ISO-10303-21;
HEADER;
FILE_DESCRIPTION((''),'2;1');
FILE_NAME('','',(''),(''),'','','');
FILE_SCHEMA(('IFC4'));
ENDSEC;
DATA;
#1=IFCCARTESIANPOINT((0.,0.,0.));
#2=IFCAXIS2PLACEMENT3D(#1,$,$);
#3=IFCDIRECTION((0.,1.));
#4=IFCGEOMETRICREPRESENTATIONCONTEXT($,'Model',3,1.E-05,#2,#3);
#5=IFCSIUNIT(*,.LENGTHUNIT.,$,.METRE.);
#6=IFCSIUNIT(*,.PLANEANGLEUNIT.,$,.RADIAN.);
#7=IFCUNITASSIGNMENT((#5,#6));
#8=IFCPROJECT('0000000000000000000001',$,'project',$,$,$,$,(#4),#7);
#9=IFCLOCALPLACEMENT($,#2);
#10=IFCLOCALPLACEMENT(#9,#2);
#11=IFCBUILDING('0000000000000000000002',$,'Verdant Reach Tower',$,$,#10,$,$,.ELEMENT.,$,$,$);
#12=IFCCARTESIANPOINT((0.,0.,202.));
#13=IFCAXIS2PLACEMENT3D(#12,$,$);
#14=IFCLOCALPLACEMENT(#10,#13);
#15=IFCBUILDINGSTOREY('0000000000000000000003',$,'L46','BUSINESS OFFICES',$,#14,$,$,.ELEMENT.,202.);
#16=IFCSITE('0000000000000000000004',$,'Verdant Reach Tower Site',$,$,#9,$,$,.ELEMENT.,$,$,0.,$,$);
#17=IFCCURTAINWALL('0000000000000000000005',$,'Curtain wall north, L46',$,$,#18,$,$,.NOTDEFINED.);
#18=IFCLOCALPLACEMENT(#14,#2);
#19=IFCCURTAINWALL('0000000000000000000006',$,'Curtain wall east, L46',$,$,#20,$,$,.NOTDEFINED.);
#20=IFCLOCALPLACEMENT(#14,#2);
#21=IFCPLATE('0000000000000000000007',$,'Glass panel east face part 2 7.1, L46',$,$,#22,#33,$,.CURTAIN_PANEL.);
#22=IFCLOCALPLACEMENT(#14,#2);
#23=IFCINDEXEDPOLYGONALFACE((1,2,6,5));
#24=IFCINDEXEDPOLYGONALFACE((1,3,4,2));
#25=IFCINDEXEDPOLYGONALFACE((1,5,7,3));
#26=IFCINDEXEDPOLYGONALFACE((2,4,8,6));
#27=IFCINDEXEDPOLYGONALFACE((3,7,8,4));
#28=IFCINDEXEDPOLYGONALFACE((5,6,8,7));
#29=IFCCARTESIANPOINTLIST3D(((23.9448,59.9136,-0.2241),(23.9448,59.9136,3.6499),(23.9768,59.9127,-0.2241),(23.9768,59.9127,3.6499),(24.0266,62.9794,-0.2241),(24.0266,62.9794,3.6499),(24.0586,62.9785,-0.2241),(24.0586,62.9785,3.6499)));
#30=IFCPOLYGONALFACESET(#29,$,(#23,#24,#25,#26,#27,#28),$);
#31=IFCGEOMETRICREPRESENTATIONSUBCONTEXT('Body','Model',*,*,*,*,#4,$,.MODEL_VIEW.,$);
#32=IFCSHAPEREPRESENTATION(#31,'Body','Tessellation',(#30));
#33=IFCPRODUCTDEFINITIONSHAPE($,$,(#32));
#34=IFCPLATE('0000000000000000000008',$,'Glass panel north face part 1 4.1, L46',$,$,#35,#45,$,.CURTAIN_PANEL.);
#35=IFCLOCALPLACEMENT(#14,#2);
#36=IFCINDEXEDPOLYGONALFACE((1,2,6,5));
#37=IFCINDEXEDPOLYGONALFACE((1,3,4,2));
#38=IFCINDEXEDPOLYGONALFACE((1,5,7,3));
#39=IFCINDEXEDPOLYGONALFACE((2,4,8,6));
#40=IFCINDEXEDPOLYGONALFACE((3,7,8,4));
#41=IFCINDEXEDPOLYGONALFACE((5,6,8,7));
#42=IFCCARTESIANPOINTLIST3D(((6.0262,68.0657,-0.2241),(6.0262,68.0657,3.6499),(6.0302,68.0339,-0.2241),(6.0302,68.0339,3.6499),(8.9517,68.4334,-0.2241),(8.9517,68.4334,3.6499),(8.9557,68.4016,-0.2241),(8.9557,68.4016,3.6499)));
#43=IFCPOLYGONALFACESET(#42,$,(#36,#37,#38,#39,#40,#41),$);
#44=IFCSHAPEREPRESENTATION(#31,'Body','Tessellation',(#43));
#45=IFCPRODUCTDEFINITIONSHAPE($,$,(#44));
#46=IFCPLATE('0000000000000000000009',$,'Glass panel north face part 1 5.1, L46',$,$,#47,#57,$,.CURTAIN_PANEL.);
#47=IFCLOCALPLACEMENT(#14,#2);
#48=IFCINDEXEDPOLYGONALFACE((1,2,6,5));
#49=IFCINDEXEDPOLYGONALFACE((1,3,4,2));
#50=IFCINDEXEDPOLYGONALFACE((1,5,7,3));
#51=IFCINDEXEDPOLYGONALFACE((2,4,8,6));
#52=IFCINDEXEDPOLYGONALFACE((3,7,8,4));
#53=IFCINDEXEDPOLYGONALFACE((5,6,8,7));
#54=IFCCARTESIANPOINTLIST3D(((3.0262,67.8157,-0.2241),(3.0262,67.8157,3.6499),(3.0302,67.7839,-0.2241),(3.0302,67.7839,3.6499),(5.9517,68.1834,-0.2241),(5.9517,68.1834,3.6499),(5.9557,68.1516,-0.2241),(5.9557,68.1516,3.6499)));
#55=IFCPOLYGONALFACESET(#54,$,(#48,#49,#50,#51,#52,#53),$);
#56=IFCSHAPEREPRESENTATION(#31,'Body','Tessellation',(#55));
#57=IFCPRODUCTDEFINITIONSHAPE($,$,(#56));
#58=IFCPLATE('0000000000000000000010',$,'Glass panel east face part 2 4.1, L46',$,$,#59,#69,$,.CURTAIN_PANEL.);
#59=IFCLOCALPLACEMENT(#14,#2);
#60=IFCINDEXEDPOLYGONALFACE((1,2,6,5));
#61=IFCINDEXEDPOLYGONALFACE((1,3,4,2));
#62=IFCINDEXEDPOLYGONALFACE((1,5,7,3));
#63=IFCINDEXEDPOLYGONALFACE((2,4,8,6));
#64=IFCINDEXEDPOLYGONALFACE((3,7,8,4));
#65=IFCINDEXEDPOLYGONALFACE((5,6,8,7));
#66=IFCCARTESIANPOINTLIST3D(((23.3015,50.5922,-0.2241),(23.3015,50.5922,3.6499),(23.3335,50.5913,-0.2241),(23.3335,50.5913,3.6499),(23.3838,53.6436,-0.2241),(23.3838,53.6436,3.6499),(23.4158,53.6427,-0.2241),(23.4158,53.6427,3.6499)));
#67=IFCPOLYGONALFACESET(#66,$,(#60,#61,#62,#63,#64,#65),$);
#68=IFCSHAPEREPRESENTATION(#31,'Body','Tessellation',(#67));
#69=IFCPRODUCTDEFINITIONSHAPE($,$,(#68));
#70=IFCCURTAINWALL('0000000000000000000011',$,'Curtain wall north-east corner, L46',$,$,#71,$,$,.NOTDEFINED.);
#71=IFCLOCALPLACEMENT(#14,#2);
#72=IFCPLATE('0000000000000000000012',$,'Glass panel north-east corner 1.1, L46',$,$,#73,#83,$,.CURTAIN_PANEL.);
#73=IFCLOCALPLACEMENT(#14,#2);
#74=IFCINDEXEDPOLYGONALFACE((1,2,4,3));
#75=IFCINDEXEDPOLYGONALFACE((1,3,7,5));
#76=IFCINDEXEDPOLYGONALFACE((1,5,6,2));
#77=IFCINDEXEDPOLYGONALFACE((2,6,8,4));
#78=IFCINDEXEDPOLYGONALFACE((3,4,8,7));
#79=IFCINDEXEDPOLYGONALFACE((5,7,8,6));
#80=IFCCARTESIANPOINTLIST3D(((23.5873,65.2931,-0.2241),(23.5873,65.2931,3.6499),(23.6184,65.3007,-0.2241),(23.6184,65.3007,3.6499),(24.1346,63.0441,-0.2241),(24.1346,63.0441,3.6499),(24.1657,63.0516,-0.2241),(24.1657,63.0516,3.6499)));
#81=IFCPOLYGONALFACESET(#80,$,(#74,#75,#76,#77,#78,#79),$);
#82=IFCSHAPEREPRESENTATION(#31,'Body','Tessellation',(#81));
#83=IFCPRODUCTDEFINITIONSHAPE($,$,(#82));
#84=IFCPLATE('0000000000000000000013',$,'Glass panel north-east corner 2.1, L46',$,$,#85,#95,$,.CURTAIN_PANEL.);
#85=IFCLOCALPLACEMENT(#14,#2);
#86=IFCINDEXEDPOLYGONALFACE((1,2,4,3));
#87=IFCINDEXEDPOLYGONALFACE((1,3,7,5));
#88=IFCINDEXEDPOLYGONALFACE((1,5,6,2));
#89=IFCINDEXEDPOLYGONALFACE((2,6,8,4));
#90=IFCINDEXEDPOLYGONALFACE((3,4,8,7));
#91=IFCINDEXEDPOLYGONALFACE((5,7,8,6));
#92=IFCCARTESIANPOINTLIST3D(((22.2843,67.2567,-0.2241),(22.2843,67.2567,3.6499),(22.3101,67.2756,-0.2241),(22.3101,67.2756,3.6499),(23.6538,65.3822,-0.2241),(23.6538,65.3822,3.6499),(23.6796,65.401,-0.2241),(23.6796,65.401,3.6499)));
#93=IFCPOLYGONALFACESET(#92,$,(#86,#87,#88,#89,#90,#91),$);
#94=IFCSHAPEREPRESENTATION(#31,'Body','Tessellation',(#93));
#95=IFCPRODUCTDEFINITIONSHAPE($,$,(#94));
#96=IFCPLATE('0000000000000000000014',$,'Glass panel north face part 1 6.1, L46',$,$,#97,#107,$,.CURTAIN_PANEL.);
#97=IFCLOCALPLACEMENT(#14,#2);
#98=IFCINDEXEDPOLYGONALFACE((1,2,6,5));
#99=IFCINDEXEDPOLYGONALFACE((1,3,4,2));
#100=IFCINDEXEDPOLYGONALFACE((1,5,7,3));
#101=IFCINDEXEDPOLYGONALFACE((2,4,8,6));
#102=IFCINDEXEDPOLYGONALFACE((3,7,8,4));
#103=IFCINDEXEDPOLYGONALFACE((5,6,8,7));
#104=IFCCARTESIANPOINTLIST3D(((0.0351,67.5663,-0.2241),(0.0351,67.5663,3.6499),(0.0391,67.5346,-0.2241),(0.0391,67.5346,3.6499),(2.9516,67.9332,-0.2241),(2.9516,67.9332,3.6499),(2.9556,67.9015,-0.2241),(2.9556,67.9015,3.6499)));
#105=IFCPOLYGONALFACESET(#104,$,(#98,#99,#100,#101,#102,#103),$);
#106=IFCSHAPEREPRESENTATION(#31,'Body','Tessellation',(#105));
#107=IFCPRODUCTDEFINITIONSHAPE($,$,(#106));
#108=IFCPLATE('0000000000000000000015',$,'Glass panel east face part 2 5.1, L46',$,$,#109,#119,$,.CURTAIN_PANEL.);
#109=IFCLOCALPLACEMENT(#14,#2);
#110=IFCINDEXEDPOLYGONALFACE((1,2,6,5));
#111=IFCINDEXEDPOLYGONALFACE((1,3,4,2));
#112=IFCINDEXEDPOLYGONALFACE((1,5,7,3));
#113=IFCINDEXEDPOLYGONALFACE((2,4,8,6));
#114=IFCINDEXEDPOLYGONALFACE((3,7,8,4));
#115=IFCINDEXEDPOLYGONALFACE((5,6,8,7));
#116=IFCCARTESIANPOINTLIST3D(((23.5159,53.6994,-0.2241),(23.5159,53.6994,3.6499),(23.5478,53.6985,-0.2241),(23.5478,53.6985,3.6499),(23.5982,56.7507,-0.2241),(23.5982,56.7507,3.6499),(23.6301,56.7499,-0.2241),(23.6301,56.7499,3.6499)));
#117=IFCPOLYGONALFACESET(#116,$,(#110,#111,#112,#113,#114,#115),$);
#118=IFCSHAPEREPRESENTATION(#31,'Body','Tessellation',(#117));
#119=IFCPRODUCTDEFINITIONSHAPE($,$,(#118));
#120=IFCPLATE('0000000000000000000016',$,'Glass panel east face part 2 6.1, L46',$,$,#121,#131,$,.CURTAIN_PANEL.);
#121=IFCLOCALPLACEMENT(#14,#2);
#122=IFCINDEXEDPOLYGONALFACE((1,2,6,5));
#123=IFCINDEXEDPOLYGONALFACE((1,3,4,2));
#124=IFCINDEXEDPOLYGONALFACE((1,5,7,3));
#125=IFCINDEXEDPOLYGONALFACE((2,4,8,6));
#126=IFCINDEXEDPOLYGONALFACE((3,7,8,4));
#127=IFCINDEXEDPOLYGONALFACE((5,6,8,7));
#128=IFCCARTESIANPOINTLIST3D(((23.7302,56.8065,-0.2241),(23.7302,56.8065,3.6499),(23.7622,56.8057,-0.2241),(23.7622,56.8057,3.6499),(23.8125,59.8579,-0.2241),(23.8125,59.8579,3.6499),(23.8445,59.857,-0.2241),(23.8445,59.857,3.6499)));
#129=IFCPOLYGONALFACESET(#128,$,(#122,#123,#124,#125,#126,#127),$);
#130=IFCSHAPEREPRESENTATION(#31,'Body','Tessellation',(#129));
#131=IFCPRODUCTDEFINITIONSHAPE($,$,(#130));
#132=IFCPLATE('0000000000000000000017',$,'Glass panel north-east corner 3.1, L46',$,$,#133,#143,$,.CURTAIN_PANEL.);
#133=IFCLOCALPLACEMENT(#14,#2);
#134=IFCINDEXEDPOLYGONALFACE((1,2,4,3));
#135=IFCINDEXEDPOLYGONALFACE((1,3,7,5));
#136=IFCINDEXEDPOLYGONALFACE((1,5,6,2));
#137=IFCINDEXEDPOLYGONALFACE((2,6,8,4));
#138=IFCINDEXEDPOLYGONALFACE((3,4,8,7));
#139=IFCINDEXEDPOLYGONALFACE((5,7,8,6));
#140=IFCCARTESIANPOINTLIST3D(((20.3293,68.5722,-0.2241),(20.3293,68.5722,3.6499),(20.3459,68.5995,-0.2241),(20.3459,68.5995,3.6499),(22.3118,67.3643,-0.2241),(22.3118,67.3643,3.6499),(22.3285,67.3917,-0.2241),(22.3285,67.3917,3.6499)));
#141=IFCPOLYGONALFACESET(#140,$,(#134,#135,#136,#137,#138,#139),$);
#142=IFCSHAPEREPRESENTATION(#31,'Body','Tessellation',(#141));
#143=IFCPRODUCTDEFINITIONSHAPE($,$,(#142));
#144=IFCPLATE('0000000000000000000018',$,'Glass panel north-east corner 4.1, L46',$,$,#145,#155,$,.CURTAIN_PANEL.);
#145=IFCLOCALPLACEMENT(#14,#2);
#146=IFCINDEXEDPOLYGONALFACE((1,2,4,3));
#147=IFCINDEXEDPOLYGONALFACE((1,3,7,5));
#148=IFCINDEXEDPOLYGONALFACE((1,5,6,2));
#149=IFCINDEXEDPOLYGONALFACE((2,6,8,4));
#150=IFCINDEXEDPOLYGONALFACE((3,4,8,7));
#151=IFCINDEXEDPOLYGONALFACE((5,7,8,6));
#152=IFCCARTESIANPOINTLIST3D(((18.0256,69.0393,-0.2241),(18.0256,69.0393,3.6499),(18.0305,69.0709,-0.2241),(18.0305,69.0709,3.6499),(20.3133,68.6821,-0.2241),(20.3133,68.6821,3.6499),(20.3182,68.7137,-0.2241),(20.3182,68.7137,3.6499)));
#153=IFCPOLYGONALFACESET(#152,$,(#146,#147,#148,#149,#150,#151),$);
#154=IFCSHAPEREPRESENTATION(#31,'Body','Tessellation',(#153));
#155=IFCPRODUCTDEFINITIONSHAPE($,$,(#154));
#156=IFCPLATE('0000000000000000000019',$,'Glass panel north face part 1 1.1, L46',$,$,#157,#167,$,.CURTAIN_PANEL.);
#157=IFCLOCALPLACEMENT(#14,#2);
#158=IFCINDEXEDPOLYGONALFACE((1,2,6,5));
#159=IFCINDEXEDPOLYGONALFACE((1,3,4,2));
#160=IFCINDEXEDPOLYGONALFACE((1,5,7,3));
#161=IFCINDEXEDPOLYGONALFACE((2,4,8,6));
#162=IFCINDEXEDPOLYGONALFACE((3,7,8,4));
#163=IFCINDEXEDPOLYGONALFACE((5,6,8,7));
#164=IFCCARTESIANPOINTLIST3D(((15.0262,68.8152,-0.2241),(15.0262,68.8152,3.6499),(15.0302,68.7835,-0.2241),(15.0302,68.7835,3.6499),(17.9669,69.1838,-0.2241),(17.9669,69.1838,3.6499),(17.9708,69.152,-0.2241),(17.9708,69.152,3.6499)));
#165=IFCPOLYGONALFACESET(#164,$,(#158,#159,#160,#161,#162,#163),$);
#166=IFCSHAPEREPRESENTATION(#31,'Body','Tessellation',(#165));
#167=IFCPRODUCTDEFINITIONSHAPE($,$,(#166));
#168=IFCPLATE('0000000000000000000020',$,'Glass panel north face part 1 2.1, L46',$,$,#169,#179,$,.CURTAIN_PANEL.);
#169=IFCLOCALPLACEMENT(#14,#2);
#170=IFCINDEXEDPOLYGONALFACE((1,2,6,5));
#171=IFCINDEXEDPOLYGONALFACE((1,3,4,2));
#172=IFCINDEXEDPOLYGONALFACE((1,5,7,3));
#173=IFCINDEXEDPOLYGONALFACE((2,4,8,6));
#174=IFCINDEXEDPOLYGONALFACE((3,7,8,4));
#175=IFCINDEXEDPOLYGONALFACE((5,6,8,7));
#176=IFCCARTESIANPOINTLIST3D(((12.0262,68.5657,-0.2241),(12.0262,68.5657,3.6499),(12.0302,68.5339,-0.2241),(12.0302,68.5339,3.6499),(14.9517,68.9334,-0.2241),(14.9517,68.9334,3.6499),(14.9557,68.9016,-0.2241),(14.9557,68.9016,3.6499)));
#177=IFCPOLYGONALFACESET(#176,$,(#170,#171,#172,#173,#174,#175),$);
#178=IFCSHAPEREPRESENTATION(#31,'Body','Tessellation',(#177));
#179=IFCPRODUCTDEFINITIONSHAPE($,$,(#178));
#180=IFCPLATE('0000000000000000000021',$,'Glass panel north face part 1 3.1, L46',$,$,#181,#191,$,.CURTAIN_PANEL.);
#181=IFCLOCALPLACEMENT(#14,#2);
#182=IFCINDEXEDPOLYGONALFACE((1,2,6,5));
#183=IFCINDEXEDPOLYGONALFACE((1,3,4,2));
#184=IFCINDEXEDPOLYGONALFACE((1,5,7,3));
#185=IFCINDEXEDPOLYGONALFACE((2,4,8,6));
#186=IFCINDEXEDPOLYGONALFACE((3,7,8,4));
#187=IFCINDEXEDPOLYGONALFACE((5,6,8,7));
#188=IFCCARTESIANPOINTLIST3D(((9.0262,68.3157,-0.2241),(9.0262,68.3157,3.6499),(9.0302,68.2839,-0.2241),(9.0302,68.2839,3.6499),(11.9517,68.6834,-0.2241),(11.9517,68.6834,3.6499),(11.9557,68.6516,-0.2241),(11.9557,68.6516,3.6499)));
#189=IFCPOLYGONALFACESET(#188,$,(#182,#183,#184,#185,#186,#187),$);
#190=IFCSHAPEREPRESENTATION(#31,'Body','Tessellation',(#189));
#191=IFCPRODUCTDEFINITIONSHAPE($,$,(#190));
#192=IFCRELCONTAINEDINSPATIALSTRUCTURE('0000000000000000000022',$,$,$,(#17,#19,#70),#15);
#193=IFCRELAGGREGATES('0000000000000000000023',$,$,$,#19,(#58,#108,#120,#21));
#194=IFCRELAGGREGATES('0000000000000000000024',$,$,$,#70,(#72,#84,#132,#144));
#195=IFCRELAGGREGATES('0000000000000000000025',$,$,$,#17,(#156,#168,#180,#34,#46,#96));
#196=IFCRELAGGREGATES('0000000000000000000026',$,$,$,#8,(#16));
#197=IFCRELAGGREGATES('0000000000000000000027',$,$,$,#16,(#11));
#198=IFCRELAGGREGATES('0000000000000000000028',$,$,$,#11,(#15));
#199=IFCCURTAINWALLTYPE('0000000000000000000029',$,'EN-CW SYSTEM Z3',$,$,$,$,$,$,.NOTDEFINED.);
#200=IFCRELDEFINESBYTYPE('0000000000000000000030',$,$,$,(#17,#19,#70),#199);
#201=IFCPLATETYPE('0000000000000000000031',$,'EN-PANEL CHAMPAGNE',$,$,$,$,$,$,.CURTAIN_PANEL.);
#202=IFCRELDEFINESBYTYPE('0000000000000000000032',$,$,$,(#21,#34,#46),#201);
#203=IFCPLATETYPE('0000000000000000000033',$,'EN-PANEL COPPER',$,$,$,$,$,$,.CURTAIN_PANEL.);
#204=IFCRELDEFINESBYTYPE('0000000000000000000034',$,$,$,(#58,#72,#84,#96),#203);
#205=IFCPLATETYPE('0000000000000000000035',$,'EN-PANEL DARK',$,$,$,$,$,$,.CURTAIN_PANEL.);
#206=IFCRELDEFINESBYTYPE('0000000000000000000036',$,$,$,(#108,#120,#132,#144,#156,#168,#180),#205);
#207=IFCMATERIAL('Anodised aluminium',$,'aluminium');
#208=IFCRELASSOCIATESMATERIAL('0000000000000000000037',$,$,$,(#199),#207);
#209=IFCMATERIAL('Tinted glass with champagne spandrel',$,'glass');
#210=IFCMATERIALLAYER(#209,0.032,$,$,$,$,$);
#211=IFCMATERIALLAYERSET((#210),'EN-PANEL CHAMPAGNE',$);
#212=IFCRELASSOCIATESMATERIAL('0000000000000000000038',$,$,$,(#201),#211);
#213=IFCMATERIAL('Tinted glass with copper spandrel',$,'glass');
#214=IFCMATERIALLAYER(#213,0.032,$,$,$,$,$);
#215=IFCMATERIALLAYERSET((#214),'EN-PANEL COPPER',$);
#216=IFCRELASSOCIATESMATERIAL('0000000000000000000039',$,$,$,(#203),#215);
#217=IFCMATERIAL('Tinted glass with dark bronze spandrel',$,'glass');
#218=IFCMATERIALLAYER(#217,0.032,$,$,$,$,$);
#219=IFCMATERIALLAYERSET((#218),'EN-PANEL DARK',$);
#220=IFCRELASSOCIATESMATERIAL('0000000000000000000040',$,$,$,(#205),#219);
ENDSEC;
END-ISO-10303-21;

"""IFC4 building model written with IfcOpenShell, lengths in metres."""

from ifc_helpers import new_model, si_unit, direction, frame, origin, origin_2d, place, context, subcontext, project, spatial, rectangle, extrude, material, layer, layer_set, type_object, element, aggregate, save


model = new_model("IFC4")

# Units and contexts
model_context = context("Model", 3, precision=1e-05, world=origin(), true_north=direction((0.0, 1.0)))
body_context = subcontext(model_context, "Body", "Model", "MODEL_VIEW")
ifc_project = project(units=[si_unit("LENGTHUNIT", "METRE"), si_unit("PLANEANGLEUNIT", "RADIAN")], contexts=[model_context])

# Site, building, storey
site_placement = place(None, origin())
site = spatial("IfcSite", under=ifc_project, at=site_placement, Name="Verdant Reach Tower Site", CompositionType="ELEMENT", RefElevation=0.0)
building_placement = place(site_placement, origin())
building = spatial("IfcBuilding", under=site, at=building_placement, Name="Verdant Reach Tower", CompositionType="ELEMENT")
storey_placement = place(building_placement, frame((0.0, 0.0, 202.0)))
storey = spatial("IfcBuildingStorey", under=building, at=storey_placement, Name="L46", Description="BUSINESS OFFICES", CompositionType="ELEMENT", Elevation=202.0)

# Curtain wall
ifc_material_1 = material(Name="Anodised aluminium", Category="aluminium")
curtain_wall_type = type_object("IfcCurtainWallType", Name="EN-CW SYSTEM Z3", PredefinedType="NOTDEFINED", material=ifc_material_1)
curtain_wall_1_placement = place(storey_placement, origin())
curtain_wall_1 = element("IfcCurtainWall", 1, at=curtain_wall_1_placement, inside=storey, type_object=curtain_wall_type, Name="Curtain wall north, L46", PredefinedType="NOTDEFINED")

# Curtain wall, plate
curtain_wall_2_placement = place(storey_placement, origin())
curtain_wall_2 = element("IfcCurtainWall", 2, at=curtain_wall_2_placement, inside=storey, type_object=curtain_wall_type, Name="Curtain wall east, L46", PredefinedType="NOTDEFINED")
ifc_material_2 = material(Name="Tinted glass with champagne spandrel", Category="glass")
ifc_layer_1 = layer(ifc_material_2, 0.032)
ifc_layer_set_1 = layer_set([ifc_layer_1], Name="EN-PANEL CHAMPAGNE")
plate_type_1 = type_object("IfcPlateType", Name="EN-PANEL CHAMPAGNE", PredefinedType="CURTAIN_PANEL", material=ifc_layer_set_1)
plate_1_placement = place(storey_placement, frame((24.0017, 61.446, -0.2241), z_axis=(0.0, 0.0, 1.0), x_axis=(0.02666, 0.999645, 0.0)))
plate_1 = element("IfcPlate", 3, at=plate_1_placement, type_object=plate_type_1, Name="Glass panel east face part 2 7.1, L46", PredefinedType="CURTAIN_PANEL", context=body_context, shape_type="SweptSolid", body=[
    extrude(rectangle(XDim=3.0669, YDim=0.032, at=origin_2d()), origin(), (0.0, 0.0, 1.0), 3.874),
])

# Plates
plate_2_placement = place(storey_placement, frame((7.491, 68.2336, -0.2241), z_axis=(0.0, 0.0, 1.0), x_axis=(-0.992194, -0.124704, 0.0)))
plate_2 = element("IfcPlate", 4, at=plate_2_placement, type_object=plate_type_1, Name="Glass panel north face part 1 4.1, L46", PredefinedType="CURTAIN_PANEL", context=body_context, shape_type="SweptSolid", body=[
    extrude(rectangle(XDim=2.9485, YDim=0.032, at=origin_2d()), origin(), (0.0, 0.0, 1.0), 3.874),
])
plate_3_placement = place(storey_placement, frame((4.491, 67.9836, -0.2241), z_axis=(0.0, 0.0, 1.0), x_axis=(-0.992194, -0.124704, 0.0)))
plate_3 = element("IfcPlate", 5, at=plate_3_placement, type_object=plate_type_1, Name="Glass panel north face part 1 5.1, L46", PredefinedType="CURTAIN_PANEL", context=body_context, shape_type="SweptSolid", body=[
    extrude(rectangle(XDim=2.9485, YDim=0.032, at=origin_2d()), origin(), (0.0, 0.0, 1.0), 3.874),
])
ifc_material_3 = material(Name="Tinted glass with copper spandrel", Category="glass")
ifc_layer_2 = layer(ifc_material_3, 0.032)
ifc_layer_set_2 = layer_set([ifc_layer_2], Name="EN-PANEL COPPER")
plate_type_2 = type_object("IfcPlateType", Name="EN-PANEL COPPER", PredefinedType="CURTAIN_PANEL", material=ifc_layer_set_2)
plate_4_placement = place(storey_placement, frame((23.3586, 52.1174, -0.2241), z_axis=(0.0, 0.0, 1.0), x_axis=(0.026965, 0.999636, 0.0)))
plate_4 = element("IfcPlate", 6, at=plate_4_placement, type_object=plate_type_2, Name="Glass panel east face part 2 4.1, L46", PredefinedType="CURTAIN_PANEL", context=body_context, shape_type="SweptSolid", body=[
    extrude(rectangle(XDim=3.0525, YDim=0.032, at=origin_2d()), origin(), (0.0, 0.0, 1.0), 3.874),
])

# Curtain wall, plates
curtain_wall_3_placement = place(storey_placement, origin())
curtain_wall_3 = element("IfcCurtainWall", 7, at=curtain_wall_3_placement, inside=storey, type_object=curtain_wall_type, Name="Curtain wall north-east corner, L46", PredefinedType="NOTDEFINED")
plate_5_placement = place(storey_placement, frame((23.8765, 64.1724, -0.2241), z_axis=(0.0, 0.0, 1.0), x_axis=(-0.236446, 0.971645, 0.0)))
plate_5 = element("IfcPlate", 8, at=plate_5_placement, type_object=plate_type_2, Name="Glass panel north-east corner 1.1, L46", PredefinedType="CURTAIN_PANEL", context=body_context, shape_type="SweptSolid", body=[
    extrude(rectangle(XDim=2.3147, YDim=0.032, at=origin_2d()), origin(), (0.0, 0.0, 1.0), 3.874),
])
plate_6_placement = place(storey_placement, frame((22.9819, 66.3289, -0.2241), z_axis=(0.0, 0.0, 1.0), x_axis=(-0.589927, 0.807457, 0.0)))
plate_6 = element("IfcPlate", 9, at=plate_6_placement, type_object=plate_type_2, Name="Glass panel north-east corner 2.1, L46", PredefinedType="CURTAIN_PANEL", context=body_context, shape_type="SweptSolid", body=[
    extrude(rectangle(XDim=2.3215, YDim=0.032, at=origin_2d()), origin(), (0.0, 0.0, 1.0), 3.874),
])

# Plates
plate_7_placement = place(storey_placement, frame((1.4954, 67.7339, -0.2241), z_axis=(0.0, 0.0, 1.0), x_axis=(-0.992178, -0.124828, 0.0)))
plate_7 = element("IfcPlate", 10, at=plate_7_placement, type_object=plate_type_2, Name="Glass panel north face part 1 6.1, L46", PredefinedType="CURTAIN_PANEL", context=body_context, shape_type="SweptSolid", body=[
    extrude(rectangle(XDim=2.9395, YDim=0.032, at=origin_2d()), origin(), (0.0, 0.0, 1.0), 3.874),
])
ifc_material_4 = material(Name="Tinted glass with dark bronze spandrel", Category="glass")
ifc_layer_3 = layer(ifc_material_4, 0.032)
ifc_layer_set_3 = layer_set([ifc_layer_3], Name="EN-PANEL DARK")
plate_type_3 = type_object("IfcPlateType", Name="EN-PANEL DARK", PredefinedType="CURTAIN_PANEL", material=ifc_layer_set_3)
plate_8_placement = place(storey_placement, frame((23.573, 55.2246, -0.2241), z_axis=(0.0, 0.0, 1.0), x_axis=(0.026965, 0.999636, 0.0)))
plate_8 = element("IfcPlate", 11, at=plate_8_placement, type_object=plate_type_3, Name="Glass panel east face part 2 5.1, L46", PredefinedType="CURTAIN_PANEL", context=body_context, shape_type="SweptSolid", body=[
    extrude(rectangle(XDim=3.0525, YDim=0.032, at=origin_2d()), origin(), (0.0, 0.0, 1.0), 3.874),
])
plate_9_placement = place(storey_placement, frame((23.7874, 58.3318, -0.2241), z_axis=(0.0, 0.0, 1.0), x_axis=(0.026965, 0.999636, 0.0)))
plate_9 = element("IfcPlate", 12, at=plate_9_placement, type_object=plate_type_3, Name="Glass panel east face part 2 6.1, L46", PredefinedType="CURTAIN_PANEL", context=body_context, shape_type="SweptSolid", body=[
    extrude(rectangle(XDim=3.0525, YDim=0.032, at=origin_2d()), origin(), (0.0, 0.0, 1.0), 3.874),
])
aggregate(curtain_wall_2, [plate_4, plate_8, plate_9, plate_1])
plate_10_placement = place(storey_placement, frame((21.3289, 67.9819, -0.2241), z_axis=(0.0, 0.0, 1.0), x_axis=(-0.853989, 0.520292, 0.0)))
plate_10 = element("IfcPlate", 13, at=plate_10_placement, type_object=plate_type_3, Name="Glass panel north-east corner 3.1, L46", PredefinedType="CURTAIN_PANEL", context=body_context, shape_type="SweptSolid", body=[
    extrude(rectangle(XDim=2.3215, YDim=0.032, at=origin_2d()), origin(), (0.0, 0.0, 1.0), 3.874),
])
plate_11_placement = place(storey_placement, frame((19.1719, 68.8765, -0.2241), z_axis=(0.0, 0.0, 1.0), x_axis=(-0.988029, 0.154268, 0.0)))
plate_11 = element("IfcPlate", 14, at=plate_11_placement, type_object=plate_type_3, Name="Glass panel north-east corner 4.1, L46", PredefinedType="CURTAIN_PANEL", context=body_context, shape_type="SweptSolid", body=[
    extrude(rectangle(XDim=2.3154, YDim=0.032, at=origin_2d()), origin(), (0.0, 0.0, 1.0), 3.874),
])
aggregate(curtain_wall_3, [plate_5, plate_6, plate_10, plate_11])
plate_12_placement = place(storey_placement, frame((16.4985, 68.9836, -0.2241), z_axis=(0.0, 0.0, 1.0), x_axis=(-0.992238, -0.124355, 0.0)))
plate_12 = element("IfcPlate", 15, at=plate_12_placement, type_object=plate_type_3, Name="Glass panel north face part 1 1.1, L46", PredefinedType="CURTAIN_PANEL", context=body_context, shape_type="SweptSolid", body=[
    extrude(rectangle(XDim=2.9636, YDim=0.032, at=origin_2d()), origin(), (0.0, 0.0, 1.0), 3.874),
])
plate_13_placement = place(storey_placement, frame((13.491, 68.7336, -0.2241), z_axis=(0.0, 0.0, 1.0), x_axis=(-0.992194, -0.124704, 0.0)))
plate_13 = element("IfcPlate", 16, at=plate_13_placement, type_object=plate_type_3, Name="Glass panel north face part 1 2.1, L46", PredefinedType="CURTAIN_PANEL", context=body_context, shape_type="SweptSolid", body=[
    extrude(rectangle(XDim=2.9485, YDim=0.032, at=origin_2d()), origin(), (0.0, 0.0, 1.0), 3.874),
])
plate_14_placement = place(storey_placement, frame((10.491, 68.4836, -0.2241), z_axis=(0.0, 0.0, 1.0), x_axis=(-0.992194, -0.124704, 0.0)))
plate_14 = element("IfcPlate", 17, at=plate_14_placement, type_object=plate_type_3, Name="Glass panel north face part 1 3.1, L46", PredefinedType="CURTAIN_PANEL", context=body_context, shape_type="SweptSolid", body=[
    extrude(rectangle(XDim=2.9485, YDim=0.032, at=origin_2d()), origin(), (0.0, 0.0, 1.0), 3.874),
])
aggregate(curtain_wall_1, [plate_12, plate_13, plate_14, plate_2, plate_3, plate_7])

save(model, "model.ifc")
